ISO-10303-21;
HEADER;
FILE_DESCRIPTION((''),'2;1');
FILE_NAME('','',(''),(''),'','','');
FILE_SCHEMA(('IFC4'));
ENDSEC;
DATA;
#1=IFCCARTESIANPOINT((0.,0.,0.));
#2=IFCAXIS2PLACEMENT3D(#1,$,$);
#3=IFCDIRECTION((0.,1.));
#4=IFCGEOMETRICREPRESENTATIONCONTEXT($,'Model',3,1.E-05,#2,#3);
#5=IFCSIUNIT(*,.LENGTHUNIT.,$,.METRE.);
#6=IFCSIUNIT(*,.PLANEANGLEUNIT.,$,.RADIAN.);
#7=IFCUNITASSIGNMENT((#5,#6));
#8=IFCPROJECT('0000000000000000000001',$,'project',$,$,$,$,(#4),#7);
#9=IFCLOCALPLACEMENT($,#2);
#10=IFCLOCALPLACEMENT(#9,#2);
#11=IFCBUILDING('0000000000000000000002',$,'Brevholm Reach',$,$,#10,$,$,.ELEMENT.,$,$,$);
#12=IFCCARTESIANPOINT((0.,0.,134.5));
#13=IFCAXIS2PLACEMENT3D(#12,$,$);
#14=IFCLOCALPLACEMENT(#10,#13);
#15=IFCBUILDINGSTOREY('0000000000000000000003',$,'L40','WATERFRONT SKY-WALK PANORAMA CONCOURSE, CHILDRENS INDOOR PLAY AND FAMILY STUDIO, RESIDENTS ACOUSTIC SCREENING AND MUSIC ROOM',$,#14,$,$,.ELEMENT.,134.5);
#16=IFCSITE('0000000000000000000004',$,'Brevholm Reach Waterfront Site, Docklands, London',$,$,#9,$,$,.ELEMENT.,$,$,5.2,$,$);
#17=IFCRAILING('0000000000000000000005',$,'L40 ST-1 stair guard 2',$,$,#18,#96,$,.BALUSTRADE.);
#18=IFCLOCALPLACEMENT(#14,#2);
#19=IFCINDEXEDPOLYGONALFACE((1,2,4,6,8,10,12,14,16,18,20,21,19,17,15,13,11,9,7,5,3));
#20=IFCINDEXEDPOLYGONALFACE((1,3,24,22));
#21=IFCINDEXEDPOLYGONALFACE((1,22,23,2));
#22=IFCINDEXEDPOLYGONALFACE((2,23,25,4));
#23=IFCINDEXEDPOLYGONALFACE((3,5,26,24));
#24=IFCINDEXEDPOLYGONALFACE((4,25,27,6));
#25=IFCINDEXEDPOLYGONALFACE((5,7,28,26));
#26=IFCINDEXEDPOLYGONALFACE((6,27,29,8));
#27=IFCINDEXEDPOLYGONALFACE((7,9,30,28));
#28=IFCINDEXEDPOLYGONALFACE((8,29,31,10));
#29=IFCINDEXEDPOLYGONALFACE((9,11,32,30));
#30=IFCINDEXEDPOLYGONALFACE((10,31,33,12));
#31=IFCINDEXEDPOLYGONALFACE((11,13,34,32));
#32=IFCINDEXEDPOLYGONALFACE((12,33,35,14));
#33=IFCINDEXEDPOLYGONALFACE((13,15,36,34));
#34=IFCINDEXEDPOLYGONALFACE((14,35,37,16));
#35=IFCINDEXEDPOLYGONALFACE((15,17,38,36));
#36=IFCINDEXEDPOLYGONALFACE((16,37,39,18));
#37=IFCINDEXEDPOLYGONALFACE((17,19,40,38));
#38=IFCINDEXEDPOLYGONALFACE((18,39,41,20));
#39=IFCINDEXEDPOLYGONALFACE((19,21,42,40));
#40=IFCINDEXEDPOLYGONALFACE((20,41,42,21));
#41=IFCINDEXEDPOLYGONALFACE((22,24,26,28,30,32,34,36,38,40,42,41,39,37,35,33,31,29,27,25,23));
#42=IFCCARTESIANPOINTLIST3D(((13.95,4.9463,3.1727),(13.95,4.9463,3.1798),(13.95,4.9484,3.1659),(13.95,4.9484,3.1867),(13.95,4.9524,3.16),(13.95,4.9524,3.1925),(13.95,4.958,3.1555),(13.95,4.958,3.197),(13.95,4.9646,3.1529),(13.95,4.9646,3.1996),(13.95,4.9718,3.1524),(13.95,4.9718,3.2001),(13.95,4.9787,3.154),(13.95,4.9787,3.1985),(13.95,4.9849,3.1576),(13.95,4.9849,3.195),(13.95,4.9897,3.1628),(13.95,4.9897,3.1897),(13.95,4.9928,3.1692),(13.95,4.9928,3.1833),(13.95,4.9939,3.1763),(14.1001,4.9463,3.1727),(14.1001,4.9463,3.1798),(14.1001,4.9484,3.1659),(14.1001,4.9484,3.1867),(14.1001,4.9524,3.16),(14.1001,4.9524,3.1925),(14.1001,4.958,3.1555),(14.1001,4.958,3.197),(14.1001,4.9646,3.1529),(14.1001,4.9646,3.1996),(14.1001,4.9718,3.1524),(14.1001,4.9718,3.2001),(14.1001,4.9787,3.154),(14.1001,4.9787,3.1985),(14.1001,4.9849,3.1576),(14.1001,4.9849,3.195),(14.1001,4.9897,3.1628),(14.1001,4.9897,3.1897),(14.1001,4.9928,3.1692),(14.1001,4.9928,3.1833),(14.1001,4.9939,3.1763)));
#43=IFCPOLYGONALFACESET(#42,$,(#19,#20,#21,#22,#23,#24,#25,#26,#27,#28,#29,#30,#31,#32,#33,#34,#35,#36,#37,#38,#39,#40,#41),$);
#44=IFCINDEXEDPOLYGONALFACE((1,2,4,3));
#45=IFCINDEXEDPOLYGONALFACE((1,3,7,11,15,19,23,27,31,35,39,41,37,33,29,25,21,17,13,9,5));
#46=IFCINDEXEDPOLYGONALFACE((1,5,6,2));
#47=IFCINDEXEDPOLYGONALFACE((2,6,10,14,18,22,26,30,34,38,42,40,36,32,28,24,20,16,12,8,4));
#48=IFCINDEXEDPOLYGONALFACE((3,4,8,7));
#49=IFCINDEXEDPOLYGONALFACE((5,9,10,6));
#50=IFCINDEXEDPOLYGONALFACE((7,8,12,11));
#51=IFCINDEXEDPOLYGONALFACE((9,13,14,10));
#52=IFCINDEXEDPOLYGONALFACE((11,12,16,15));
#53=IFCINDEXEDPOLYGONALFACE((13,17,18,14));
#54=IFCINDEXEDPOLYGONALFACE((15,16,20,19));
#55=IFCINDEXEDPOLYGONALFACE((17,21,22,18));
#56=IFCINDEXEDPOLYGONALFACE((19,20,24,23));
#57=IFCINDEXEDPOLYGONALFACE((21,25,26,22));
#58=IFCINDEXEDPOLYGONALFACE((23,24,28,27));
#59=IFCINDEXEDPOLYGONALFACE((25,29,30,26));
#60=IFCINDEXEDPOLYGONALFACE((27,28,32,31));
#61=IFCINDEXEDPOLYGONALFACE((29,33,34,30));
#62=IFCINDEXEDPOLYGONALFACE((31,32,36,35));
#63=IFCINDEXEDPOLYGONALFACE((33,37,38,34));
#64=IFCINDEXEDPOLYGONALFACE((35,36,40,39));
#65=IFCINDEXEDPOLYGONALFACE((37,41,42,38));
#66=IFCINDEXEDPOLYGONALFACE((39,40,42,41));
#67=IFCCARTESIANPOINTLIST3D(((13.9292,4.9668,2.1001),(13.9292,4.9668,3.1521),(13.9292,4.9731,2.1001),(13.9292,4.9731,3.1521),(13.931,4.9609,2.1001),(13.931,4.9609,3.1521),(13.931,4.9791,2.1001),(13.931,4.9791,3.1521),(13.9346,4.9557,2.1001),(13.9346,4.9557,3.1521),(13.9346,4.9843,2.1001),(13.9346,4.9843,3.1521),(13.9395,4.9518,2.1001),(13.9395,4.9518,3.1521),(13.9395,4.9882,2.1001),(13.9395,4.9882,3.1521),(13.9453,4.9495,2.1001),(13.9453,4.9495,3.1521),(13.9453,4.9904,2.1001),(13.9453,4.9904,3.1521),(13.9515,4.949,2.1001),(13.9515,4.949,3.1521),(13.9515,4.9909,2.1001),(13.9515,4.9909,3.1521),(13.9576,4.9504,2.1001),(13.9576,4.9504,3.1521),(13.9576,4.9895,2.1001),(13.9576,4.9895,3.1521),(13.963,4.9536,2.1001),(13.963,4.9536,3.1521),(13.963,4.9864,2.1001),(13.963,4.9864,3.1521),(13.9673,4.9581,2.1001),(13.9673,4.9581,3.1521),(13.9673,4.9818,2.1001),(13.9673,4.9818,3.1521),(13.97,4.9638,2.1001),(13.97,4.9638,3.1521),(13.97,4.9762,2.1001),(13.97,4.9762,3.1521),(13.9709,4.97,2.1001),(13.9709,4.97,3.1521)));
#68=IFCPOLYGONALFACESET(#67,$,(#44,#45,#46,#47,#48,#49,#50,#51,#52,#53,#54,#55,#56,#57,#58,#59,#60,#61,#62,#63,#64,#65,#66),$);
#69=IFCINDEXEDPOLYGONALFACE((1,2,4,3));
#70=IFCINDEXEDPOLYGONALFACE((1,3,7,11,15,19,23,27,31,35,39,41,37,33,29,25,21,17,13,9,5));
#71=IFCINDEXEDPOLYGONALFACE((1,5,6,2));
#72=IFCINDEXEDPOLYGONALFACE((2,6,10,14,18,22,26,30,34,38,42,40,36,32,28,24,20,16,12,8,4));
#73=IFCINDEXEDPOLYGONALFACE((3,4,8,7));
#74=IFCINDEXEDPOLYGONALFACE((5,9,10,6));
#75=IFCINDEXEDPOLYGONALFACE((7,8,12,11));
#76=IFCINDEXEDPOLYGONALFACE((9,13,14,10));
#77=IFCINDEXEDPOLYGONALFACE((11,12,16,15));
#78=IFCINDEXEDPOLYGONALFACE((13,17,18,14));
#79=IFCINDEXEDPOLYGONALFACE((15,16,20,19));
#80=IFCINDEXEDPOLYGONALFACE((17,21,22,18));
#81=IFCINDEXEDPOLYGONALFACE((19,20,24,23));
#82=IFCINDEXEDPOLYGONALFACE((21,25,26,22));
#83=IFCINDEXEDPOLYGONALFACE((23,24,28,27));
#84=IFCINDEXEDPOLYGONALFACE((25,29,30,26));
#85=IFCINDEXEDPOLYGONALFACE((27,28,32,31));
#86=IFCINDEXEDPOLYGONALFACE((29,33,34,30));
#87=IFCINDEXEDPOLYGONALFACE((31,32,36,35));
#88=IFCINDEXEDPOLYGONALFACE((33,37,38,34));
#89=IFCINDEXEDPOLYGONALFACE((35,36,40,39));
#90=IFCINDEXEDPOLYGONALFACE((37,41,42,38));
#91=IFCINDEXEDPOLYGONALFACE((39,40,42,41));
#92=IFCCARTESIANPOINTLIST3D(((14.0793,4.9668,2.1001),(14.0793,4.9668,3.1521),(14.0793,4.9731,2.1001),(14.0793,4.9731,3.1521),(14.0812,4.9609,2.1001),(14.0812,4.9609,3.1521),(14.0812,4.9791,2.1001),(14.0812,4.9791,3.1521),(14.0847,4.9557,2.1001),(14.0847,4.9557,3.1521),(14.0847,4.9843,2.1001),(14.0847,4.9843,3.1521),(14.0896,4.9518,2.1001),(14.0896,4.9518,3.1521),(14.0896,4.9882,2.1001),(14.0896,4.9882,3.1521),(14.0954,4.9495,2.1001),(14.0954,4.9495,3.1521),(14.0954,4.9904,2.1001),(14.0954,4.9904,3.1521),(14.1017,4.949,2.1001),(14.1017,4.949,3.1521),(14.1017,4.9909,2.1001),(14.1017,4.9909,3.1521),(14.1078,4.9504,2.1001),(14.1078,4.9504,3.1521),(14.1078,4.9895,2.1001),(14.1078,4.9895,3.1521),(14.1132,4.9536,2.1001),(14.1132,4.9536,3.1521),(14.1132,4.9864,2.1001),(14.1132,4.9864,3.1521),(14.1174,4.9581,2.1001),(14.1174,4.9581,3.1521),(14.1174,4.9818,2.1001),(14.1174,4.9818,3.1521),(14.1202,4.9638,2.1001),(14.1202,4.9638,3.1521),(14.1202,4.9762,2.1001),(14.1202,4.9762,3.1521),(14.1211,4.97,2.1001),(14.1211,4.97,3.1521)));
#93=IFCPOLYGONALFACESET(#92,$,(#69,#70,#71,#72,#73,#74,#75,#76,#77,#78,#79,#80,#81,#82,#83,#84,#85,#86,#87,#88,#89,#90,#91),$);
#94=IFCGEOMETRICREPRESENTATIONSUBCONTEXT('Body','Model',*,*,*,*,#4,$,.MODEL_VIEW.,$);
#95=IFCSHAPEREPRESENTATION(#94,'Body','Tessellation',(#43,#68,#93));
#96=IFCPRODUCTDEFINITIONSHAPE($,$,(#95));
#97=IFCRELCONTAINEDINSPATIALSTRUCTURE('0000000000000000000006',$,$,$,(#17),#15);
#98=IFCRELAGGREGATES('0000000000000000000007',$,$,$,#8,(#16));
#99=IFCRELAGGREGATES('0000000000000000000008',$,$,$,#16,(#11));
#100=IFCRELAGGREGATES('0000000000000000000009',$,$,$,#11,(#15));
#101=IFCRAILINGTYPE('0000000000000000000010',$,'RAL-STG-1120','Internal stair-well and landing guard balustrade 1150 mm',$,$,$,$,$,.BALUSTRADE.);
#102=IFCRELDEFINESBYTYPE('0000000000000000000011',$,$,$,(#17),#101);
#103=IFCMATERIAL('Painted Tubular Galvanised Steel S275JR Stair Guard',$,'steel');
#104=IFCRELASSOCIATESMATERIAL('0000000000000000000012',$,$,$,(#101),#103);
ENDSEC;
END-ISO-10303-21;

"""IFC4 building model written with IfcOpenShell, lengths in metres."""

from ifc_helpers import new_model, si_unit, direction, frame, origin, origin_2d, place, context, subcontext, project, spatial, circle, extrude, material, type_object, element, save


model = new_model("IFC4")

# Units and contexts
model_context = context("Model", 3, precision=1e-05, world=origin(), true_north=direction((0.0, 1.0)))
body_context = subcontext(model_context, "Body", "Model", "MODEL_VIEW")
ifc_project = project(units=[si_unit("LENGTHUNIT", "METRE"), si_unit("PLANEANGLEUNIT", "RADIAN")], contexts=[model_context])

# Site, building, storey
site_placement = place(None, origin())
site = spatial("IfcSite", under=ifc_project, at=site_placement, Name="Brevholm Reach Waterfront Site, Docklands, London", CompositionType="ELEMENT", RefElevation=5.2)
building_placement = place(site_placement, origin())
building = spatial("IfcBuilding", under=site, at=building_placement, Name="Brevholm Reach", CompositionType="ELEMENT")
storey_placement = place(building_placement, frame((0.0, 0.0, 134.5)))
storey = spatial("IfcBuildingStorey", under=building, at=storey_placement, Name="L40", Description="WATERFRONT SKY-WALK PANORAMA CONCOURSE, CHILDRENS INDOOR PLAY AND FAMILY STUDIO, RESIDENTS ACOUSTIC SCREENING AND MUSIC ROOM", CompositionType="ELEMENT", Elevation=134.5)

# Railing
ifc_material_1 = material(Name="Painted Tubular Galvanised Steel S275JR Stair Guard", Category="steel")
railing_type_1 = type_object("IfcRailingType", Name="RAL-STG-1120", Description="Internal stair-well and landing guard balustrade 1150 mm", PredefinedType="BALUSTRADE", material=ifc_material_1)
railing_1_placement = place(storey_placement, frame((13.95, 4.97, 2.1001)))
element("IfcRailing", 1, at=railing_1_placement, inside=storey, type_object=railing_type_1, Name="L40 ST-1 stair guard 2", PredefinedType="BALUSTRADE", context=body_context, shape_type="SweptSolid", body=[
    extrude(circle(Radius=0.0239, at=origin_2d()), frame((0.0, 0.0, 1.0762), z_axis=(1.0, 0.0, 0.0), x_axis=(0.0, 1.0, 0.0)), (0.0, 0.0, 1.0), 0.1501),
    extrude(circle(Radius=0.021, at=origin_2d()), origin(), (0.0, 0.0, 1.0), 1.052),
    extrude(circle(Radius=0.021, at=origin_2d()), frame((0.1501, 0.0, 0.0)), (0.0, 0.0, 1.0), 1.052),
])

save(model, "model.ifc")
